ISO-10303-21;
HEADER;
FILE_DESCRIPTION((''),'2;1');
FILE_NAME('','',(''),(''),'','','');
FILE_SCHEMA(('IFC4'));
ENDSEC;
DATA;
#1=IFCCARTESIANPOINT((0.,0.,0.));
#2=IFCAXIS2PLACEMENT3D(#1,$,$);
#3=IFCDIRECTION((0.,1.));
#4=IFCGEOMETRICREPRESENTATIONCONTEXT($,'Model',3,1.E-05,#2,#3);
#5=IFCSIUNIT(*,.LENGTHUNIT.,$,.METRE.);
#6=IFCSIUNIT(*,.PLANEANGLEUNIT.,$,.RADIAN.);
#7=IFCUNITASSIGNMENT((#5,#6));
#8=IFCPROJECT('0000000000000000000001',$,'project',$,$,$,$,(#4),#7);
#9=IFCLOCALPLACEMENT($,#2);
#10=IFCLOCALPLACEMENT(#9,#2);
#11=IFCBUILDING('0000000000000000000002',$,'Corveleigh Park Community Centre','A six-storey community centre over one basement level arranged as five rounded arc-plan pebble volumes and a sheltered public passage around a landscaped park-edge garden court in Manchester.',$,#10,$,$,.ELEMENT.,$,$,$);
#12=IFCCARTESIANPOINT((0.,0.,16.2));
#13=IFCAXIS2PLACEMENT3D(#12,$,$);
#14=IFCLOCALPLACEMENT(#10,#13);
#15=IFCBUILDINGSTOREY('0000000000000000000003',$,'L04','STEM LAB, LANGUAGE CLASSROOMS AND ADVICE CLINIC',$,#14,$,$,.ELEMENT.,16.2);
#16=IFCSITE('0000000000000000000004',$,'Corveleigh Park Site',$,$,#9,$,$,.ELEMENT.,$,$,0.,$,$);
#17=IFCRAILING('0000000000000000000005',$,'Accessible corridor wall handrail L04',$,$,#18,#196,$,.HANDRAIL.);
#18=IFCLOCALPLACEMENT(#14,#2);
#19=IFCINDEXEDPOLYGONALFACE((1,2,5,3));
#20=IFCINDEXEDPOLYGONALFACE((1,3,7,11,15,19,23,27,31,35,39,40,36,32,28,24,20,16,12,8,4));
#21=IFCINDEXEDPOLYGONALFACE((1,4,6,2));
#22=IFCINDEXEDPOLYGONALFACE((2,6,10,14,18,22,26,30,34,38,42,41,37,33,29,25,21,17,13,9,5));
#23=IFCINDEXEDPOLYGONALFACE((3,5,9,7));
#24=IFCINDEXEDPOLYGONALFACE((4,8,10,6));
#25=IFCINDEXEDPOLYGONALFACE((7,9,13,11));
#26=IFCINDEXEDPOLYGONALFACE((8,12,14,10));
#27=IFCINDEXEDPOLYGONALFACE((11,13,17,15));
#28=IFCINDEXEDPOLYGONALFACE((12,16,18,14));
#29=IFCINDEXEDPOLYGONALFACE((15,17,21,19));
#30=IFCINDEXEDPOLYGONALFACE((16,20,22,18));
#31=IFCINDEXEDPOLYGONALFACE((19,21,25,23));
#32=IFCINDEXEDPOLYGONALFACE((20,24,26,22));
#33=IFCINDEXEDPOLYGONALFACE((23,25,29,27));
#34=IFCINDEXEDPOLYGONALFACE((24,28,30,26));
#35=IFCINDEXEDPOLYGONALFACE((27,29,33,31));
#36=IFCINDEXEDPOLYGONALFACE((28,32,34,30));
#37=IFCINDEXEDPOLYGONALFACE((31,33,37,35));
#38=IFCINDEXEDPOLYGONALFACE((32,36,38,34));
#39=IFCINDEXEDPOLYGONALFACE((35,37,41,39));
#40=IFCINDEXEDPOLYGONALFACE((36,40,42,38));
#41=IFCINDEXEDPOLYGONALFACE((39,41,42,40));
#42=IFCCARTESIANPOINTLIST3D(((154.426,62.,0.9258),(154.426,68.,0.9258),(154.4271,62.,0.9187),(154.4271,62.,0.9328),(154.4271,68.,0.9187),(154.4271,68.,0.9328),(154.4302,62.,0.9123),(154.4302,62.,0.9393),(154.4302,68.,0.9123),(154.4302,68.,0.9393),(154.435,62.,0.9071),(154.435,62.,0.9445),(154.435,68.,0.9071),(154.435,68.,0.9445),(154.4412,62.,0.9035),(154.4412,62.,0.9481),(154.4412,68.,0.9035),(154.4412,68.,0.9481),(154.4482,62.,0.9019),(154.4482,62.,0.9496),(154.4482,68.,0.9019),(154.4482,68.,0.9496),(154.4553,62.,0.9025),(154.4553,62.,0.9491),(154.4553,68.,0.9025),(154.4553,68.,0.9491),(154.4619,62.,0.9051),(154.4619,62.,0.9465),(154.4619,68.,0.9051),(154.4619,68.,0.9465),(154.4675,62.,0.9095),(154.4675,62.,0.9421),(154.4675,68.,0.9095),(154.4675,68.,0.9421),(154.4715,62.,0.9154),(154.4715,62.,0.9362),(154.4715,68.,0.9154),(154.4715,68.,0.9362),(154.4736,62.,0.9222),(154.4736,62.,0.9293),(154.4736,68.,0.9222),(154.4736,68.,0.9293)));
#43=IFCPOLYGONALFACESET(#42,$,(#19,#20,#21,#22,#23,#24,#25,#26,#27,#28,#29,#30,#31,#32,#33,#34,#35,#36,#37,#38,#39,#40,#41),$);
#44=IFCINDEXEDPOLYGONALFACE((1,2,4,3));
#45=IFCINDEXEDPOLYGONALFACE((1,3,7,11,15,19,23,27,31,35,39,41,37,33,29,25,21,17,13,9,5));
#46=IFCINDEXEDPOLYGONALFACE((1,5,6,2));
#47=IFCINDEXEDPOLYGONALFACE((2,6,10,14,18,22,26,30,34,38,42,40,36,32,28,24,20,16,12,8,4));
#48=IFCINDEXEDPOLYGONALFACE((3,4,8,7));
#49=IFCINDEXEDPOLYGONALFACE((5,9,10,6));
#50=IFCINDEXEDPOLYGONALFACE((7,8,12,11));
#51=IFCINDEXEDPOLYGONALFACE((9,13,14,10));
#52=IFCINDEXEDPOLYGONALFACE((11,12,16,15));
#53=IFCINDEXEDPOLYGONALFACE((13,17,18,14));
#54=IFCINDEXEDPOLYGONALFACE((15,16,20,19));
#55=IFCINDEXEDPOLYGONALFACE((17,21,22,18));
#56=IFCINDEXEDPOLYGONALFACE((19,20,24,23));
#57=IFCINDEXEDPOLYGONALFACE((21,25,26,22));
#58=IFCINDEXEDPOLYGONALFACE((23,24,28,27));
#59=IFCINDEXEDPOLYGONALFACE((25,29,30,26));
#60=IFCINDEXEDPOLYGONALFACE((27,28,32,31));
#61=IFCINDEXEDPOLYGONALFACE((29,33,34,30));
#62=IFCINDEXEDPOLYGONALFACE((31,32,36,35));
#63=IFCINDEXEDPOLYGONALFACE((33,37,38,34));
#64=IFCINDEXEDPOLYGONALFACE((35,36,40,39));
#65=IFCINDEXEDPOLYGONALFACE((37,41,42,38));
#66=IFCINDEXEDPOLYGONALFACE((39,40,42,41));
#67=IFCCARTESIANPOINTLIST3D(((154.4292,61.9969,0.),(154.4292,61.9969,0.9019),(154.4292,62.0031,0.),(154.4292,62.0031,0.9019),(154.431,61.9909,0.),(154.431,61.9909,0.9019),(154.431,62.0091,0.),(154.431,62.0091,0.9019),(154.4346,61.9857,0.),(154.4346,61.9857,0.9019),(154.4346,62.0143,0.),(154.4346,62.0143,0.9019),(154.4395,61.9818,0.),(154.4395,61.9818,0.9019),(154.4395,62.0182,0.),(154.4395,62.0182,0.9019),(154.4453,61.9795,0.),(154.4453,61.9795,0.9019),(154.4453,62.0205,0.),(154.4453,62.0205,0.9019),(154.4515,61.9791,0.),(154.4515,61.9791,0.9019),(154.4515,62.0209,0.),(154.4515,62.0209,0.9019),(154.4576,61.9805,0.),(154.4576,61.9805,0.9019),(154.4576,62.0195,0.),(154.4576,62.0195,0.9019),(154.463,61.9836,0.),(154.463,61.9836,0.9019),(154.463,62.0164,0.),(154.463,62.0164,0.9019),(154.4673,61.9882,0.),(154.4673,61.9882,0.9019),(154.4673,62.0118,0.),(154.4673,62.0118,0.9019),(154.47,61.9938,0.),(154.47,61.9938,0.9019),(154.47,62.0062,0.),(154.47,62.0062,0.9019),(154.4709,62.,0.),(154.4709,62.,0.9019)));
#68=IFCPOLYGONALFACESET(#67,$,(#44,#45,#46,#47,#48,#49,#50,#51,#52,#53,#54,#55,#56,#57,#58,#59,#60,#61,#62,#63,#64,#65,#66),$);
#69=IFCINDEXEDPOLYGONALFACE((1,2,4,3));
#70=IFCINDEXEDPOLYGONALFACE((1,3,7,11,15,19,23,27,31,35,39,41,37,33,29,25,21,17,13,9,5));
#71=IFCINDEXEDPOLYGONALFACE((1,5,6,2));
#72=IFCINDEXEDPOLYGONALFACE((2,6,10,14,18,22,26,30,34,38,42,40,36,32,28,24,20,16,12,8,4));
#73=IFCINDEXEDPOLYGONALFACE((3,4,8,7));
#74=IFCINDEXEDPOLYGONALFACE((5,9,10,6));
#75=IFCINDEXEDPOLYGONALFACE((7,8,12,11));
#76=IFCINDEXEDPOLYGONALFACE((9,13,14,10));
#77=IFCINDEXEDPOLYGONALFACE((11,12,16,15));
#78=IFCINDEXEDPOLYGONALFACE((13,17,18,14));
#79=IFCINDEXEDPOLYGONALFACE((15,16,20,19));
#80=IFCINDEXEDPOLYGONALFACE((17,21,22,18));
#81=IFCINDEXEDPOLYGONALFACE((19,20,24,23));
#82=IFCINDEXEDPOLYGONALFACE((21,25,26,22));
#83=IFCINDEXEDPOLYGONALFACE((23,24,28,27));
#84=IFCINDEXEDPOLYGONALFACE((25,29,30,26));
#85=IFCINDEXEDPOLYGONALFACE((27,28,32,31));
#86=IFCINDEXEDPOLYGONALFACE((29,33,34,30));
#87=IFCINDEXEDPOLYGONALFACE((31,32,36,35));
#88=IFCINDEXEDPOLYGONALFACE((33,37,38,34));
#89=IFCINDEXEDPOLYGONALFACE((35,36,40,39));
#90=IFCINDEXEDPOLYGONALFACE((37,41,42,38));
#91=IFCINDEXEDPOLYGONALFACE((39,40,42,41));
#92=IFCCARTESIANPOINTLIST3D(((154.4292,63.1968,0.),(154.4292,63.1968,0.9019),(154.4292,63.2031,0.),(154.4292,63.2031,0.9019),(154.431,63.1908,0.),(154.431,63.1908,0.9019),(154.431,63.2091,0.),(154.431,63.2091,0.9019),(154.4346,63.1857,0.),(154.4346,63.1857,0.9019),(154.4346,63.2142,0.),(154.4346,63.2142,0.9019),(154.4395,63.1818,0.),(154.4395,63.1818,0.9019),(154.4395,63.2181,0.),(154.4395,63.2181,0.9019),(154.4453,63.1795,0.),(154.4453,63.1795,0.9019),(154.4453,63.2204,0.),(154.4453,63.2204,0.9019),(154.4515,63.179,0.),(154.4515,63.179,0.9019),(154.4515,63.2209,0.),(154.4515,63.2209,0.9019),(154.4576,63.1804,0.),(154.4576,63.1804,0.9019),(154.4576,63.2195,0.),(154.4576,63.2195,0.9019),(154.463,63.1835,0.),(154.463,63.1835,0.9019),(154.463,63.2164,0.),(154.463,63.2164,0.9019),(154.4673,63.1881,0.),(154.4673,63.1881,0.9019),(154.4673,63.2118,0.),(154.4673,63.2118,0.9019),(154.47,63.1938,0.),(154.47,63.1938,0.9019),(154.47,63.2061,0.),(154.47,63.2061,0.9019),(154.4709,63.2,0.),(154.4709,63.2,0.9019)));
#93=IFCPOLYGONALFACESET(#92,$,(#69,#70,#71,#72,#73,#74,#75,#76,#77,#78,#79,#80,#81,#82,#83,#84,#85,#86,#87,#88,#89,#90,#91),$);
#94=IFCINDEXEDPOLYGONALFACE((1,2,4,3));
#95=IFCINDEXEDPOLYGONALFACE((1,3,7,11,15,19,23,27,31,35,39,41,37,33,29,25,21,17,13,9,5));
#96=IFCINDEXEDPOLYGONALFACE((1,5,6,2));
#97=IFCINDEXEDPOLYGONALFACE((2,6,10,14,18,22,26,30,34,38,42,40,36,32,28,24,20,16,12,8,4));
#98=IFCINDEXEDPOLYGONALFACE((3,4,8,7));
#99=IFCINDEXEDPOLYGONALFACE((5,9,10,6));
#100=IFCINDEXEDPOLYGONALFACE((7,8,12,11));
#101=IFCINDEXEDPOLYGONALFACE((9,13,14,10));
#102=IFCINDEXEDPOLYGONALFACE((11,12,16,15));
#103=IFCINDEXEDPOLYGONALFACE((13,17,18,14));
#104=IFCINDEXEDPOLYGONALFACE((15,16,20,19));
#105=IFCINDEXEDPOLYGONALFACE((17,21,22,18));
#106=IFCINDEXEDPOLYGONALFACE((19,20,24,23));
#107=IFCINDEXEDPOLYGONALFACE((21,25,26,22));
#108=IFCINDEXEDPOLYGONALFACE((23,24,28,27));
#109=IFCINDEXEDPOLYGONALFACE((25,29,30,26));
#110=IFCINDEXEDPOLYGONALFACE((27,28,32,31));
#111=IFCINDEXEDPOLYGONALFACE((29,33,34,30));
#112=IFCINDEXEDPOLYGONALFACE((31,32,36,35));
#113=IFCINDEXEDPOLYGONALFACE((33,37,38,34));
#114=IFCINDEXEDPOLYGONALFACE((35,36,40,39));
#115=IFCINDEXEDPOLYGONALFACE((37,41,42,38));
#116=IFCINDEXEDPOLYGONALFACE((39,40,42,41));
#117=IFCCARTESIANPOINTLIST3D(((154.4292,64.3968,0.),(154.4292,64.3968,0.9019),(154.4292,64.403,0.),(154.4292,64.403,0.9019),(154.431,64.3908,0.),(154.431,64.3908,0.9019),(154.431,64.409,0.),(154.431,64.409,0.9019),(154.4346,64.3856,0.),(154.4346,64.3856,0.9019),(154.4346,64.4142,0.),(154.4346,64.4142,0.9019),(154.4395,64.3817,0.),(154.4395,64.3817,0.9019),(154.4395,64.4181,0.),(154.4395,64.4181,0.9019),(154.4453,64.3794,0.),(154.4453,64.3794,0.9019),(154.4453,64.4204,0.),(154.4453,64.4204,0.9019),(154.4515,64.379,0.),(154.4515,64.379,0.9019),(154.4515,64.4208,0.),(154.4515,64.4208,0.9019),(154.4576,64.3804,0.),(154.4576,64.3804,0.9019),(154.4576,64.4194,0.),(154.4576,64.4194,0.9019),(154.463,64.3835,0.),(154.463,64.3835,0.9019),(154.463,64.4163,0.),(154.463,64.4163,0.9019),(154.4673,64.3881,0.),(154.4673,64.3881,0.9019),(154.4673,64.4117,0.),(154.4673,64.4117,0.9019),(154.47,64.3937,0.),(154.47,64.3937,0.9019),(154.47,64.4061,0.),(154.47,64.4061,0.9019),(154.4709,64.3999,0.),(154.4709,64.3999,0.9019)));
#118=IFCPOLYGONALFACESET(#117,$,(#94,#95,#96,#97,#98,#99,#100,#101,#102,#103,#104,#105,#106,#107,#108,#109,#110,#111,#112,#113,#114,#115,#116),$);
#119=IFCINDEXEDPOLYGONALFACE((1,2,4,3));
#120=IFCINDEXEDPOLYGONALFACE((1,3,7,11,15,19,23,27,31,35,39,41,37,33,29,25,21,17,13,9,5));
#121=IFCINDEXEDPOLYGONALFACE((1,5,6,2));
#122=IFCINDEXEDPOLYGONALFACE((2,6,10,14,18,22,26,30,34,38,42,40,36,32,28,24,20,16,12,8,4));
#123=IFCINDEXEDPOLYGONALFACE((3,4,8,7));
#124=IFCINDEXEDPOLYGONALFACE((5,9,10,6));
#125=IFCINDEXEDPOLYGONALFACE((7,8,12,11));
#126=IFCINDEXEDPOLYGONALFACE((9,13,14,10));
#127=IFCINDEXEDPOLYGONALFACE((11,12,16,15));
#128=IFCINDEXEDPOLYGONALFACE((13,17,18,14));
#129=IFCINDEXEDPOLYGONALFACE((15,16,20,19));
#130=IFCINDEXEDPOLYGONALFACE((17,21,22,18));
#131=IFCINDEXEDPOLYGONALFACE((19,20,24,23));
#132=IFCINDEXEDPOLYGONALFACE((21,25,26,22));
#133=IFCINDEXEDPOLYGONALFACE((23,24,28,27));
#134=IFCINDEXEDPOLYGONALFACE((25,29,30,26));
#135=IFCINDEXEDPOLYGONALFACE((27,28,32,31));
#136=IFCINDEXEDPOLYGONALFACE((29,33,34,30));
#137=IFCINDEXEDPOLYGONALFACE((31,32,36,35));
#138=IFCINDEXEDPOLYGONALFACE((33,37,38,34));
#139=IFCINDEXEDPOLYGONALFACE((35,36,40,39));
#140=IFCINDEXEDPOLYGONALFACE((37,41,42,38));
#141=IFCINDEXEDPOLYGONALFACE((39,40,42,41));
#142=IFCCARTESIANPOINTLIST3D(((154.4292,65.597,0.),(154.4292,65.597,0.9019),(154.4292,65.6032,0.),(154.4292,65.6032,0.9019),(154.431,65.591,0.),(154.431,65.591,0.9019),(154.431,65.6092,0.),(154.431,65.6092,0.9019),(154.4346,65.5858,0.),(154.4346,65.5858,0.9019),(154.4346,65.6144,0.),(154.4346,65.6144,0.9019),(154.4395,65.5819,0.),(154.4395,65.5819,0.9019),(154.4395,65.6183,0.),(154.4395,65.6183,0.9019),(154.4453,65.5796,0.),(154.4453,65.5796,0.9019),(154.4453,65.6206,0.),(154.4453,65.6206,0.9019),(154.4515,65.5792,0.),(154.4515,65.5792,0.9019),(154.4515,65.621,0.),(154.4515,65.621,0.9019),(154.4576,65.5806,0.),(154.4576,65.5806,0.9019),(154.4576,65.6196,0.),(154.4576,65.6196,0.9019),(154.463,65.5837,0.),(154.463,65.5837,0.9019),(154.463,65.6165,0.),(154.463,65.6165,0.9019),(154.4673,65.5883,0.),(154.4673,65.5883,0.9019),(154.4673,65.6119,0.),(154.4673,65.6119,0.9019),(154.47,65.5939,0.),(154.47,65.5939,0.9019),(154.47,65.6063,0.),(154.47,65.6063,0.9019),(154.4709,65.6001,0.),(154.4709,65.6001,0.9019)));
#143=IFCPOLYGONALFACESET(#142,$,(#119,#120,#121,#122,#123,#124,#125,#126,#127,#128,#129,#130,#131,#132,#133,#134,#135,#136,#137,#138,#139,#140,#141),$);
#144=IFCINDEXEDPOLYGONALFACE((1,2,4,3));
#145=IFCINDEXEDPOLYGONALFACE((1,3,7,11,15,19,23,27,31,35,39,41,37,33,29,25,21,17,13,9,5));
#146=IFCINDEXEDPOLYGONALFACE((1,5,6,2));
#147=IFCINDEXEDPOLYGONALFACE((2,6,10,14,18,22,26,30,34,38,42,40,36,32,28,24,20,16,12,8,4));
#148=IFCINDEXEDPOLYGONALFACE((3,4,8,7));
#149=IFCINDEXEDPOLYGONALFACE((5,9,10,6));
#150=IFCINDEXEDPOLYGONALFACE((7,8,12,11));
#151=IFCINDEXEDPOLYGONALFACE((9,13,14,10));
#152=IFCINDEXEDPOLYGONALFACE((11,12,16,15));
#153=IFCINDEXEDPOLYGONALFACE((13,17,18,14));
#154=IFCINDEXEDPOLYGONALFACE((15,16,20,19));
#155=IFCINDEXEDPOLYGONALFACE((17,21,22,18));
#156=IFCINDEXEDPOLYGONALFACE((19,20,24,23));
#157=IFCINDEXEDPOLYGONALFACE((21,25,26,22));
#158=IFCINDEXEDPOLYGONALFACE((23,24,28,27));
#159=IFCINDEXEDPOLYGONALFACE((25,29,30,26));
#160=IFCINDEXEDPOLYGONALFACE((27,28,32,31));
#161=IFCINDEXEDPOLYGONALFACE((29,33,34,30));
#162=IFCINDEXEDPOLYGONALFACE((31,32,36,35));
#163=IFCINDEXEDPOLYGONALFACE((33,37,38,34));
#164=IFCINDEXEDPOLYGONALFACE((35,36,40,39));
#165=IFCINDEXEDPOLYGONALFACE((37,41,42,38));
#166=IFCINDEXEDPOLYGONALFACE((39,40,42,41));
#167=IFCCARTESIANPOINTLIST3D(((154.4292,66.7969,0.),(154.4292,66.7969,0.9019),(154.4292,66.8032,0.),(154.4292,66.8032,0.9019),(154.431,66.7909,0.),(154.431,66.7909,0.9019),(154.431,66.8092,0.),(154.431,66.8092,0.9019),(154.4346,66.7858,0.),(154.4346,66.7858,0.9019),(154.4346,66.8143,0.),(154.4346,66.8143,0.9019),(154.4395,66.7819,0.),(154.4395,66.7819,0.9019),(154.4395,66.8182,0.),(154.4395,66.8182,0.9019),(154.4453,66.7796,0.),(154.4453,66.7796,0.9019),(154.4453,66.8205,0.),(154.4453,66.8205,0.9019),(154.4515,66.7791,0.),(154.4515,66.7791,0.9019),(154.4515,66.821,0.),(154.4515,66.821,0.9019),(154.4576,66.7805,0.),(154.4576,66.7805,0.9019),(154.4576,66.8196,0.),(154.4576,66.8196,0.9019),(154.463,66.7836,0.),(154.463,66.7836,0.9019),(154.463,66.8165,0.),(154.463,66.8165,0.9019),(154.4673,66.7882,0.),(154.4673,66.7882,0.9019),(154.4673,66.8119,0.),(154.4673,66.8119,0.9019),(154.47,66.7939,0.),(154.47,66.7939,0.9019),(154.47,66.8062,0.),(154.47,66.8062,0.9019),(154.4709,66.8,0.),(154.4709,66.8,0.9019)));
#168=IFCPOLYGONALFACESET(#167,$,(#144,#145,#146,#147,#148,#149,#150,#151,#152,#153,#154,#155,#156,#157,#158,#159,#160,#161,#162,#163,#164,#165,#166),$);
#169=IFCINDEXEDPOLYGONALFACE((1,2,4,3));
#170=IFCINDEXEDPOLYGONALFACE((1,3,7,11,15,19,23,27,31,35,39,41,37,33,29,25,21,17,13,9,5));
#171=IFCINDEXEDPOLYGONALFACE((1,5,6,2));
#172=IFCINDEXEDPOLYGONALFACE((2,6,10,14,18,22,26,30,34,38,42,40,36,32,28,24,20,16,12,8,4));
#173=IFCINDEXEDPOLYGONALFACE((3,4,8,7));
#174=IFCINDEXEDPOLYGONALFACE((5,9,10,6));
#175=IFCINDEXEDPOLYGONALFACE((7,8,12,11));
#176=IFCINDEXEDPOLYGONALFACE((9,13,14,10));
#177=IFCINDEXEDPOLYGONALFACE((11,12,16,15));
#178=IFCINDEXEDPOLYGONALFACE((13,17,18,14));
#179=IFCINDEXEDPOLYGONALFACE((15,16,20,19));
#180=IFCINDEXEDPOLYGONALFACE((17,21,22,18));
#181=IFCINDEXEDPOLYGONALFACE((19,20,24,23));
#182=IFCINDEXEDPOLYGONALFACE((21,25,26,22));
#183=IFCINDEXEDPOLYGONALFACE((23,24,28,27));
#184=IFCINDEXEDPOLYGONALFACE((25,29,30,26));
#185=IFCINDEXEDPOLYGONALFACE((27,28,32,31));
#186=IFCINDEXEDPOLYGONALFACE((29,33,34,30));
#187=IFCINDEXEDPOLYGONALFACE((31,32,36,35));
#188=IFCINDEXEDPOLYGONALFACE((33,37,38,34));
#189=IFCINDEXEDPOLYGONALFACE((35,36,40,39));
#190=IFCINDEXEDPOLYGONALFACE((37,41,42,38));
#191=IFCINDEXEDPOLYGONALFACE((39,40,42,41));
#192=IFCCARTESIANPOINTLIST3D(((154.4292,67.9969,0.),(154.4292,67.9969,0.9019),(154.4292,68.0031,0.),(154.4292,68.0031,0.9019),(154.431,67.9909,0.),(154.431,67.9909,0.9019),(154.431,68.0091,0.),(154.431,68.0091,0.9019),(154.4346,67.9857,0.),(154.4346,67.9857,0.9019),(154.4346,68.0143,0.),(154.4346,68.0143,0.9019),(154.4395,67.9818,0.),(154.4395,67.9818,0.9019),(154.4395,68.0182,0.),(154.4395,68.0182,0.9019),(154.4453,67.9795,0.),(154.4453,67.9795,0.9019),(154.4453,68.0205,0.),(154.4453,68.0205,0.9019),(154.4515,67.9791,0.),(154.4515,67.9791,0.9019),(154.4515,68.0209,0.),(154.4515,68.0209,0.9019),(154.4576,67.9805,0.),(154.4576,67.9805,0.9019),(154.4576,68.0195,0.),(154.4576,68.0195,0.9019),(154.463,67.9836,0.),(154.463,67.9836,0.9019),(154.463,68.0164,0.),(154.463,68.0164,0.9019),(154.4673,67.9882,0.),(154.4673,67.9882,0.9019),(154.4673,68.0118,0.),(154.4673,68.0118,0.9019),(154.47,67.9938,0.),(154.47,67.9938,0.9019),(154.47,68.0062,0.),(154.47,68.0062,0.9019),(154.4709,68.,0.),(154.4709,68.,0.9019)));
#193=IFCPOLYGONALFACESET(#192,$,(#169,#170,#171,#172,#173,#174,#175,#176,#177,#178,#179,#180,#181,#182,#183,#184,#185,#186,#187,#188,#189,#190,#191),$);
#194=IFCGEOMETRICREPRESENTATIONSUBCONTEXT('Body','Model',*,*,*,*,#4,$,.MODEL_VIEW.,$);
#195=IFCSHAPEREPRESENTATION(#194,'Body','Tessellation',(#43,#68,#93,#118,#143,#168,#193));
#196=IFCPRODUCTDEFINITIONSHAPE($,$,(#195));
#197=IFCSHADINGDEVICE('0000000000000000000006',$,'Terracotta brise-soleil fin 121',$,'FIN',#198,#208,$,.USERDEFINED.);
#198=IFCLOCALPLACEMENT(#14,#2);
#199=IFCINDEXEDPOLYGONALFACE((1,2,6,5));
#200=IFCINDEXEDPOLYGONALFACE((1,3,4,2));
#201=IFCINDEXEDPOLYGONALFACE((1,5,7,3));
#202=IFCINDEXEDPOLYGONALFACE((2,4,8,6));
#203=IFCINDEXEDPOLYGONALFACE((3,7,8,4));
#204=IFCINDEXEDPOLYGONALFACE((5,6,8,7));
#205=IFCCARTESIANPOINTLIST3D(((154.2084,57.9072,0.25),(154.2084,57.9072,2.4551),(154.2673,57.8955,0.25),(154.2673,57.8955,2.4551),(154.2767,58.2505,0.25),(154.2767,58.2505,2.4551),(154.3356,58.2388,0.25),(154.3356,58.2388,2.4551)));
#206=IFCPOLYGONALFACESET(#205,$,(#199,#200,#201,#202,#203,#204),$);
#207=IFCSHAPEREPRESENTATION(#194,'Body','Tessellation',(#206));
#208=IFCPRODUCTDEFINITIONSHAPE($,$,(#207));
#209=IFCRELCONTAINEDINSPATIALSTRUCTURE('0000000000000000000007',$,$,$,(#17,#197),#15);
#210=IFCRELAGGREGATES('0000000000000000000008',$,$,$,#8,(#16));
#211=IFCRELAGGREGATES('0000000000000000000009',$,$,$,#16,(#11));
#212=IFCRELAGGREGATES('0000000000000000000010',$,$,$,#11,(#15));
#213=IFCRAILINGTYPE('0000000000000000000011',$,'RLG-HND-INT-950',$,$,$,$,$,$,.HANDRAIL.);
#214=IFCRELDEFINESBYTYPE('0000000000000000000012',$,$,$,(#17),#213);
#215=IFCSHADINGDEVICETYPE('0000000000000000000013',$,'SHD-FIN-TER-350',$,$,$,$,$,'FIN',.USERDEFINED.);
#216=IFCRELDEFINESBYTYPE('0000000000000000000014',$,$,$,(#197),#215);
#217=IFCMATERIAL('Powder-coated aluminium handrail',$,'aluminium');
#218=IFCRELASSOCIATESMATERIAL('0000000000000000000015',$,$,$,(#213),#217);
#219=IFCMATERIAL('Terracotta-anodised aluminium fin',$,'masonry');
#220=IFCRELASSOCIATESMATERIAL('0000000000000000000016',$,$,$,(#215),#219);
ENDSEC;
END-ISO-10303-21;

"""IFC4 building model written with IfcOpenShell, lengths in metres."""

from ifc_helpers import new_model, si_unit, direction, frame, origin, origin_2d, place, context, subcontext, project, spatial, rectangle, circle, extrude, material, type_object, element, save


model = new_model("IFC4")

# Units and contexts
model_context = context("Model", 3, precision=1e-05, world=origin(), true_north=direction((0.0, 1.0)))
body_context = subcontext(model_context, "Body", "Model", "MODEL_VIEW")
ifc_project = project(units=[si_unit("LENGTHUNIT", "METRE"), si_unit("PLANEANGLEUNIT", "RADIAN")], contexts=[model_context])

# Site, building, storey
site_placement = place(None, origin())
site = spatial("IfcSite", under=ifc_project, at=site_placement, Name="Corveleigh Park Site", CompositionType="ELEMENT", RefElevation=0.0)
building_placement = place(site_placement, origin())
building = spatial("IfcBuilding", under=site, at=building_placement, Name="Corveleigh Park Community Centre", Description="A six-storey community centre over one basement level arranged as five rounded arc-plan pebble volumes and a sheltered public passage around a landscaped park-edge garden court in Manchester.", CompositionType="ELEMENT")
storey_placement = place(building_placement, frame((0.0, 0.0, 16.2)))
storey = spatial("IfcBuildingStorey", under=building, at=storey_placement, Name="L04", Description="STEM LAB, LANGUAGE CLASSROOMS AND ADVICE CLINIC", CompositionType="ELEMENT", Elevation=16.2)

# Railing
ifc_material_1 = material(Name="Powder-coated aluminium handrail", Category="aluminium")
railing_type_1 = type_object("IfcRailingType", Name="RLG-HND-INT-950", PredefinedType="HANDRAIL", material=ifc_material_1)
railing_1_placement = place(storey_placement, frame((154.45, 62.0, 0.0)))
element("IfcRailing", 1, at=railing_1_placement, inside=storey, type_object=railing_type_1, Name="Accessible corridor wall handrail L04", PredefinedType="HANDRAIL", context=body_context, shape_type="SweptSolid", body=[
    extrude(circle(Radius=0.0239, at=origin_2d()), frame((0.0, 0.0, 0.9258), z_axis=(0.0, 1.0, 0.0), x_axis=(-1.0, 0.0, 0.0)), (0.0, 0.0, 1.0), 6.0),
    extrude(circle(Radius=0.021, at=origin_2d()), origin(), (0.0, 0.0, 1.0), 0.9019),
    extrude(circle(Radius=0.021, at=origin_2d()), frame((0.0, 1.2, 0.0)), (0.0, 0.0, 1.0), 0.9019),
    extrude(circle(Radius=0.021, at=origin_2d()), frame((0.0, 2.3999, 0.0)), (0.0, 0.0, 1.0), 0.9019),
    extrude(circle(Radius=0.021, at=origin_2d()), frame((0.0, 3.6001, 0.0)), (0.0, 0.0, 1.0), 0.9019),
    extrude(circle(Radius=0.021, at=origin_2d()), frame((0.0, 4.8, 0.0)), (0.0, 0.0, 1.0), 0.9019),
    extrude(circle(Radius=0.021, at=origin_2d()), frame((0.0, 6.0, 0.0)), (0.0, 0.0, 1.0), 0.9019),
])

# Shading device
ifc_material_2 = material(Name="Terracotta-anodised aluminium fin", Category="masonry")
shading_device_type = type_object("IfcShadingDeviceType", Name="SHD-FIN-TER-350", ElementType="FIN", PredefinedType="USERDEFINED", material=ifc_material_2)
shading_device_placement = place(storey_placement, frame((154.272, 58.073, 0.25), z_axis=(0.0, 0.0, 1.0), x_axis=(-0.195166, -0.98077, 0.0)))
element("IfcShadingDevice", 2, at=shading_device_placement, inside=storey, type_object=shading_device_type, Name="Terracotta brise-soleil fin 121", ObjectType="FIN", PredefinedType="USERDEFINED", context=body_context, shape_type="SweptSolid", body=[
    extrude(rectangle(XDim=0.3501, YDim=0.0601, at=origin_2d()), origin(), (0.0, 0.0, 1.0), 2.2051),
])

save(model, "model.ifc")
